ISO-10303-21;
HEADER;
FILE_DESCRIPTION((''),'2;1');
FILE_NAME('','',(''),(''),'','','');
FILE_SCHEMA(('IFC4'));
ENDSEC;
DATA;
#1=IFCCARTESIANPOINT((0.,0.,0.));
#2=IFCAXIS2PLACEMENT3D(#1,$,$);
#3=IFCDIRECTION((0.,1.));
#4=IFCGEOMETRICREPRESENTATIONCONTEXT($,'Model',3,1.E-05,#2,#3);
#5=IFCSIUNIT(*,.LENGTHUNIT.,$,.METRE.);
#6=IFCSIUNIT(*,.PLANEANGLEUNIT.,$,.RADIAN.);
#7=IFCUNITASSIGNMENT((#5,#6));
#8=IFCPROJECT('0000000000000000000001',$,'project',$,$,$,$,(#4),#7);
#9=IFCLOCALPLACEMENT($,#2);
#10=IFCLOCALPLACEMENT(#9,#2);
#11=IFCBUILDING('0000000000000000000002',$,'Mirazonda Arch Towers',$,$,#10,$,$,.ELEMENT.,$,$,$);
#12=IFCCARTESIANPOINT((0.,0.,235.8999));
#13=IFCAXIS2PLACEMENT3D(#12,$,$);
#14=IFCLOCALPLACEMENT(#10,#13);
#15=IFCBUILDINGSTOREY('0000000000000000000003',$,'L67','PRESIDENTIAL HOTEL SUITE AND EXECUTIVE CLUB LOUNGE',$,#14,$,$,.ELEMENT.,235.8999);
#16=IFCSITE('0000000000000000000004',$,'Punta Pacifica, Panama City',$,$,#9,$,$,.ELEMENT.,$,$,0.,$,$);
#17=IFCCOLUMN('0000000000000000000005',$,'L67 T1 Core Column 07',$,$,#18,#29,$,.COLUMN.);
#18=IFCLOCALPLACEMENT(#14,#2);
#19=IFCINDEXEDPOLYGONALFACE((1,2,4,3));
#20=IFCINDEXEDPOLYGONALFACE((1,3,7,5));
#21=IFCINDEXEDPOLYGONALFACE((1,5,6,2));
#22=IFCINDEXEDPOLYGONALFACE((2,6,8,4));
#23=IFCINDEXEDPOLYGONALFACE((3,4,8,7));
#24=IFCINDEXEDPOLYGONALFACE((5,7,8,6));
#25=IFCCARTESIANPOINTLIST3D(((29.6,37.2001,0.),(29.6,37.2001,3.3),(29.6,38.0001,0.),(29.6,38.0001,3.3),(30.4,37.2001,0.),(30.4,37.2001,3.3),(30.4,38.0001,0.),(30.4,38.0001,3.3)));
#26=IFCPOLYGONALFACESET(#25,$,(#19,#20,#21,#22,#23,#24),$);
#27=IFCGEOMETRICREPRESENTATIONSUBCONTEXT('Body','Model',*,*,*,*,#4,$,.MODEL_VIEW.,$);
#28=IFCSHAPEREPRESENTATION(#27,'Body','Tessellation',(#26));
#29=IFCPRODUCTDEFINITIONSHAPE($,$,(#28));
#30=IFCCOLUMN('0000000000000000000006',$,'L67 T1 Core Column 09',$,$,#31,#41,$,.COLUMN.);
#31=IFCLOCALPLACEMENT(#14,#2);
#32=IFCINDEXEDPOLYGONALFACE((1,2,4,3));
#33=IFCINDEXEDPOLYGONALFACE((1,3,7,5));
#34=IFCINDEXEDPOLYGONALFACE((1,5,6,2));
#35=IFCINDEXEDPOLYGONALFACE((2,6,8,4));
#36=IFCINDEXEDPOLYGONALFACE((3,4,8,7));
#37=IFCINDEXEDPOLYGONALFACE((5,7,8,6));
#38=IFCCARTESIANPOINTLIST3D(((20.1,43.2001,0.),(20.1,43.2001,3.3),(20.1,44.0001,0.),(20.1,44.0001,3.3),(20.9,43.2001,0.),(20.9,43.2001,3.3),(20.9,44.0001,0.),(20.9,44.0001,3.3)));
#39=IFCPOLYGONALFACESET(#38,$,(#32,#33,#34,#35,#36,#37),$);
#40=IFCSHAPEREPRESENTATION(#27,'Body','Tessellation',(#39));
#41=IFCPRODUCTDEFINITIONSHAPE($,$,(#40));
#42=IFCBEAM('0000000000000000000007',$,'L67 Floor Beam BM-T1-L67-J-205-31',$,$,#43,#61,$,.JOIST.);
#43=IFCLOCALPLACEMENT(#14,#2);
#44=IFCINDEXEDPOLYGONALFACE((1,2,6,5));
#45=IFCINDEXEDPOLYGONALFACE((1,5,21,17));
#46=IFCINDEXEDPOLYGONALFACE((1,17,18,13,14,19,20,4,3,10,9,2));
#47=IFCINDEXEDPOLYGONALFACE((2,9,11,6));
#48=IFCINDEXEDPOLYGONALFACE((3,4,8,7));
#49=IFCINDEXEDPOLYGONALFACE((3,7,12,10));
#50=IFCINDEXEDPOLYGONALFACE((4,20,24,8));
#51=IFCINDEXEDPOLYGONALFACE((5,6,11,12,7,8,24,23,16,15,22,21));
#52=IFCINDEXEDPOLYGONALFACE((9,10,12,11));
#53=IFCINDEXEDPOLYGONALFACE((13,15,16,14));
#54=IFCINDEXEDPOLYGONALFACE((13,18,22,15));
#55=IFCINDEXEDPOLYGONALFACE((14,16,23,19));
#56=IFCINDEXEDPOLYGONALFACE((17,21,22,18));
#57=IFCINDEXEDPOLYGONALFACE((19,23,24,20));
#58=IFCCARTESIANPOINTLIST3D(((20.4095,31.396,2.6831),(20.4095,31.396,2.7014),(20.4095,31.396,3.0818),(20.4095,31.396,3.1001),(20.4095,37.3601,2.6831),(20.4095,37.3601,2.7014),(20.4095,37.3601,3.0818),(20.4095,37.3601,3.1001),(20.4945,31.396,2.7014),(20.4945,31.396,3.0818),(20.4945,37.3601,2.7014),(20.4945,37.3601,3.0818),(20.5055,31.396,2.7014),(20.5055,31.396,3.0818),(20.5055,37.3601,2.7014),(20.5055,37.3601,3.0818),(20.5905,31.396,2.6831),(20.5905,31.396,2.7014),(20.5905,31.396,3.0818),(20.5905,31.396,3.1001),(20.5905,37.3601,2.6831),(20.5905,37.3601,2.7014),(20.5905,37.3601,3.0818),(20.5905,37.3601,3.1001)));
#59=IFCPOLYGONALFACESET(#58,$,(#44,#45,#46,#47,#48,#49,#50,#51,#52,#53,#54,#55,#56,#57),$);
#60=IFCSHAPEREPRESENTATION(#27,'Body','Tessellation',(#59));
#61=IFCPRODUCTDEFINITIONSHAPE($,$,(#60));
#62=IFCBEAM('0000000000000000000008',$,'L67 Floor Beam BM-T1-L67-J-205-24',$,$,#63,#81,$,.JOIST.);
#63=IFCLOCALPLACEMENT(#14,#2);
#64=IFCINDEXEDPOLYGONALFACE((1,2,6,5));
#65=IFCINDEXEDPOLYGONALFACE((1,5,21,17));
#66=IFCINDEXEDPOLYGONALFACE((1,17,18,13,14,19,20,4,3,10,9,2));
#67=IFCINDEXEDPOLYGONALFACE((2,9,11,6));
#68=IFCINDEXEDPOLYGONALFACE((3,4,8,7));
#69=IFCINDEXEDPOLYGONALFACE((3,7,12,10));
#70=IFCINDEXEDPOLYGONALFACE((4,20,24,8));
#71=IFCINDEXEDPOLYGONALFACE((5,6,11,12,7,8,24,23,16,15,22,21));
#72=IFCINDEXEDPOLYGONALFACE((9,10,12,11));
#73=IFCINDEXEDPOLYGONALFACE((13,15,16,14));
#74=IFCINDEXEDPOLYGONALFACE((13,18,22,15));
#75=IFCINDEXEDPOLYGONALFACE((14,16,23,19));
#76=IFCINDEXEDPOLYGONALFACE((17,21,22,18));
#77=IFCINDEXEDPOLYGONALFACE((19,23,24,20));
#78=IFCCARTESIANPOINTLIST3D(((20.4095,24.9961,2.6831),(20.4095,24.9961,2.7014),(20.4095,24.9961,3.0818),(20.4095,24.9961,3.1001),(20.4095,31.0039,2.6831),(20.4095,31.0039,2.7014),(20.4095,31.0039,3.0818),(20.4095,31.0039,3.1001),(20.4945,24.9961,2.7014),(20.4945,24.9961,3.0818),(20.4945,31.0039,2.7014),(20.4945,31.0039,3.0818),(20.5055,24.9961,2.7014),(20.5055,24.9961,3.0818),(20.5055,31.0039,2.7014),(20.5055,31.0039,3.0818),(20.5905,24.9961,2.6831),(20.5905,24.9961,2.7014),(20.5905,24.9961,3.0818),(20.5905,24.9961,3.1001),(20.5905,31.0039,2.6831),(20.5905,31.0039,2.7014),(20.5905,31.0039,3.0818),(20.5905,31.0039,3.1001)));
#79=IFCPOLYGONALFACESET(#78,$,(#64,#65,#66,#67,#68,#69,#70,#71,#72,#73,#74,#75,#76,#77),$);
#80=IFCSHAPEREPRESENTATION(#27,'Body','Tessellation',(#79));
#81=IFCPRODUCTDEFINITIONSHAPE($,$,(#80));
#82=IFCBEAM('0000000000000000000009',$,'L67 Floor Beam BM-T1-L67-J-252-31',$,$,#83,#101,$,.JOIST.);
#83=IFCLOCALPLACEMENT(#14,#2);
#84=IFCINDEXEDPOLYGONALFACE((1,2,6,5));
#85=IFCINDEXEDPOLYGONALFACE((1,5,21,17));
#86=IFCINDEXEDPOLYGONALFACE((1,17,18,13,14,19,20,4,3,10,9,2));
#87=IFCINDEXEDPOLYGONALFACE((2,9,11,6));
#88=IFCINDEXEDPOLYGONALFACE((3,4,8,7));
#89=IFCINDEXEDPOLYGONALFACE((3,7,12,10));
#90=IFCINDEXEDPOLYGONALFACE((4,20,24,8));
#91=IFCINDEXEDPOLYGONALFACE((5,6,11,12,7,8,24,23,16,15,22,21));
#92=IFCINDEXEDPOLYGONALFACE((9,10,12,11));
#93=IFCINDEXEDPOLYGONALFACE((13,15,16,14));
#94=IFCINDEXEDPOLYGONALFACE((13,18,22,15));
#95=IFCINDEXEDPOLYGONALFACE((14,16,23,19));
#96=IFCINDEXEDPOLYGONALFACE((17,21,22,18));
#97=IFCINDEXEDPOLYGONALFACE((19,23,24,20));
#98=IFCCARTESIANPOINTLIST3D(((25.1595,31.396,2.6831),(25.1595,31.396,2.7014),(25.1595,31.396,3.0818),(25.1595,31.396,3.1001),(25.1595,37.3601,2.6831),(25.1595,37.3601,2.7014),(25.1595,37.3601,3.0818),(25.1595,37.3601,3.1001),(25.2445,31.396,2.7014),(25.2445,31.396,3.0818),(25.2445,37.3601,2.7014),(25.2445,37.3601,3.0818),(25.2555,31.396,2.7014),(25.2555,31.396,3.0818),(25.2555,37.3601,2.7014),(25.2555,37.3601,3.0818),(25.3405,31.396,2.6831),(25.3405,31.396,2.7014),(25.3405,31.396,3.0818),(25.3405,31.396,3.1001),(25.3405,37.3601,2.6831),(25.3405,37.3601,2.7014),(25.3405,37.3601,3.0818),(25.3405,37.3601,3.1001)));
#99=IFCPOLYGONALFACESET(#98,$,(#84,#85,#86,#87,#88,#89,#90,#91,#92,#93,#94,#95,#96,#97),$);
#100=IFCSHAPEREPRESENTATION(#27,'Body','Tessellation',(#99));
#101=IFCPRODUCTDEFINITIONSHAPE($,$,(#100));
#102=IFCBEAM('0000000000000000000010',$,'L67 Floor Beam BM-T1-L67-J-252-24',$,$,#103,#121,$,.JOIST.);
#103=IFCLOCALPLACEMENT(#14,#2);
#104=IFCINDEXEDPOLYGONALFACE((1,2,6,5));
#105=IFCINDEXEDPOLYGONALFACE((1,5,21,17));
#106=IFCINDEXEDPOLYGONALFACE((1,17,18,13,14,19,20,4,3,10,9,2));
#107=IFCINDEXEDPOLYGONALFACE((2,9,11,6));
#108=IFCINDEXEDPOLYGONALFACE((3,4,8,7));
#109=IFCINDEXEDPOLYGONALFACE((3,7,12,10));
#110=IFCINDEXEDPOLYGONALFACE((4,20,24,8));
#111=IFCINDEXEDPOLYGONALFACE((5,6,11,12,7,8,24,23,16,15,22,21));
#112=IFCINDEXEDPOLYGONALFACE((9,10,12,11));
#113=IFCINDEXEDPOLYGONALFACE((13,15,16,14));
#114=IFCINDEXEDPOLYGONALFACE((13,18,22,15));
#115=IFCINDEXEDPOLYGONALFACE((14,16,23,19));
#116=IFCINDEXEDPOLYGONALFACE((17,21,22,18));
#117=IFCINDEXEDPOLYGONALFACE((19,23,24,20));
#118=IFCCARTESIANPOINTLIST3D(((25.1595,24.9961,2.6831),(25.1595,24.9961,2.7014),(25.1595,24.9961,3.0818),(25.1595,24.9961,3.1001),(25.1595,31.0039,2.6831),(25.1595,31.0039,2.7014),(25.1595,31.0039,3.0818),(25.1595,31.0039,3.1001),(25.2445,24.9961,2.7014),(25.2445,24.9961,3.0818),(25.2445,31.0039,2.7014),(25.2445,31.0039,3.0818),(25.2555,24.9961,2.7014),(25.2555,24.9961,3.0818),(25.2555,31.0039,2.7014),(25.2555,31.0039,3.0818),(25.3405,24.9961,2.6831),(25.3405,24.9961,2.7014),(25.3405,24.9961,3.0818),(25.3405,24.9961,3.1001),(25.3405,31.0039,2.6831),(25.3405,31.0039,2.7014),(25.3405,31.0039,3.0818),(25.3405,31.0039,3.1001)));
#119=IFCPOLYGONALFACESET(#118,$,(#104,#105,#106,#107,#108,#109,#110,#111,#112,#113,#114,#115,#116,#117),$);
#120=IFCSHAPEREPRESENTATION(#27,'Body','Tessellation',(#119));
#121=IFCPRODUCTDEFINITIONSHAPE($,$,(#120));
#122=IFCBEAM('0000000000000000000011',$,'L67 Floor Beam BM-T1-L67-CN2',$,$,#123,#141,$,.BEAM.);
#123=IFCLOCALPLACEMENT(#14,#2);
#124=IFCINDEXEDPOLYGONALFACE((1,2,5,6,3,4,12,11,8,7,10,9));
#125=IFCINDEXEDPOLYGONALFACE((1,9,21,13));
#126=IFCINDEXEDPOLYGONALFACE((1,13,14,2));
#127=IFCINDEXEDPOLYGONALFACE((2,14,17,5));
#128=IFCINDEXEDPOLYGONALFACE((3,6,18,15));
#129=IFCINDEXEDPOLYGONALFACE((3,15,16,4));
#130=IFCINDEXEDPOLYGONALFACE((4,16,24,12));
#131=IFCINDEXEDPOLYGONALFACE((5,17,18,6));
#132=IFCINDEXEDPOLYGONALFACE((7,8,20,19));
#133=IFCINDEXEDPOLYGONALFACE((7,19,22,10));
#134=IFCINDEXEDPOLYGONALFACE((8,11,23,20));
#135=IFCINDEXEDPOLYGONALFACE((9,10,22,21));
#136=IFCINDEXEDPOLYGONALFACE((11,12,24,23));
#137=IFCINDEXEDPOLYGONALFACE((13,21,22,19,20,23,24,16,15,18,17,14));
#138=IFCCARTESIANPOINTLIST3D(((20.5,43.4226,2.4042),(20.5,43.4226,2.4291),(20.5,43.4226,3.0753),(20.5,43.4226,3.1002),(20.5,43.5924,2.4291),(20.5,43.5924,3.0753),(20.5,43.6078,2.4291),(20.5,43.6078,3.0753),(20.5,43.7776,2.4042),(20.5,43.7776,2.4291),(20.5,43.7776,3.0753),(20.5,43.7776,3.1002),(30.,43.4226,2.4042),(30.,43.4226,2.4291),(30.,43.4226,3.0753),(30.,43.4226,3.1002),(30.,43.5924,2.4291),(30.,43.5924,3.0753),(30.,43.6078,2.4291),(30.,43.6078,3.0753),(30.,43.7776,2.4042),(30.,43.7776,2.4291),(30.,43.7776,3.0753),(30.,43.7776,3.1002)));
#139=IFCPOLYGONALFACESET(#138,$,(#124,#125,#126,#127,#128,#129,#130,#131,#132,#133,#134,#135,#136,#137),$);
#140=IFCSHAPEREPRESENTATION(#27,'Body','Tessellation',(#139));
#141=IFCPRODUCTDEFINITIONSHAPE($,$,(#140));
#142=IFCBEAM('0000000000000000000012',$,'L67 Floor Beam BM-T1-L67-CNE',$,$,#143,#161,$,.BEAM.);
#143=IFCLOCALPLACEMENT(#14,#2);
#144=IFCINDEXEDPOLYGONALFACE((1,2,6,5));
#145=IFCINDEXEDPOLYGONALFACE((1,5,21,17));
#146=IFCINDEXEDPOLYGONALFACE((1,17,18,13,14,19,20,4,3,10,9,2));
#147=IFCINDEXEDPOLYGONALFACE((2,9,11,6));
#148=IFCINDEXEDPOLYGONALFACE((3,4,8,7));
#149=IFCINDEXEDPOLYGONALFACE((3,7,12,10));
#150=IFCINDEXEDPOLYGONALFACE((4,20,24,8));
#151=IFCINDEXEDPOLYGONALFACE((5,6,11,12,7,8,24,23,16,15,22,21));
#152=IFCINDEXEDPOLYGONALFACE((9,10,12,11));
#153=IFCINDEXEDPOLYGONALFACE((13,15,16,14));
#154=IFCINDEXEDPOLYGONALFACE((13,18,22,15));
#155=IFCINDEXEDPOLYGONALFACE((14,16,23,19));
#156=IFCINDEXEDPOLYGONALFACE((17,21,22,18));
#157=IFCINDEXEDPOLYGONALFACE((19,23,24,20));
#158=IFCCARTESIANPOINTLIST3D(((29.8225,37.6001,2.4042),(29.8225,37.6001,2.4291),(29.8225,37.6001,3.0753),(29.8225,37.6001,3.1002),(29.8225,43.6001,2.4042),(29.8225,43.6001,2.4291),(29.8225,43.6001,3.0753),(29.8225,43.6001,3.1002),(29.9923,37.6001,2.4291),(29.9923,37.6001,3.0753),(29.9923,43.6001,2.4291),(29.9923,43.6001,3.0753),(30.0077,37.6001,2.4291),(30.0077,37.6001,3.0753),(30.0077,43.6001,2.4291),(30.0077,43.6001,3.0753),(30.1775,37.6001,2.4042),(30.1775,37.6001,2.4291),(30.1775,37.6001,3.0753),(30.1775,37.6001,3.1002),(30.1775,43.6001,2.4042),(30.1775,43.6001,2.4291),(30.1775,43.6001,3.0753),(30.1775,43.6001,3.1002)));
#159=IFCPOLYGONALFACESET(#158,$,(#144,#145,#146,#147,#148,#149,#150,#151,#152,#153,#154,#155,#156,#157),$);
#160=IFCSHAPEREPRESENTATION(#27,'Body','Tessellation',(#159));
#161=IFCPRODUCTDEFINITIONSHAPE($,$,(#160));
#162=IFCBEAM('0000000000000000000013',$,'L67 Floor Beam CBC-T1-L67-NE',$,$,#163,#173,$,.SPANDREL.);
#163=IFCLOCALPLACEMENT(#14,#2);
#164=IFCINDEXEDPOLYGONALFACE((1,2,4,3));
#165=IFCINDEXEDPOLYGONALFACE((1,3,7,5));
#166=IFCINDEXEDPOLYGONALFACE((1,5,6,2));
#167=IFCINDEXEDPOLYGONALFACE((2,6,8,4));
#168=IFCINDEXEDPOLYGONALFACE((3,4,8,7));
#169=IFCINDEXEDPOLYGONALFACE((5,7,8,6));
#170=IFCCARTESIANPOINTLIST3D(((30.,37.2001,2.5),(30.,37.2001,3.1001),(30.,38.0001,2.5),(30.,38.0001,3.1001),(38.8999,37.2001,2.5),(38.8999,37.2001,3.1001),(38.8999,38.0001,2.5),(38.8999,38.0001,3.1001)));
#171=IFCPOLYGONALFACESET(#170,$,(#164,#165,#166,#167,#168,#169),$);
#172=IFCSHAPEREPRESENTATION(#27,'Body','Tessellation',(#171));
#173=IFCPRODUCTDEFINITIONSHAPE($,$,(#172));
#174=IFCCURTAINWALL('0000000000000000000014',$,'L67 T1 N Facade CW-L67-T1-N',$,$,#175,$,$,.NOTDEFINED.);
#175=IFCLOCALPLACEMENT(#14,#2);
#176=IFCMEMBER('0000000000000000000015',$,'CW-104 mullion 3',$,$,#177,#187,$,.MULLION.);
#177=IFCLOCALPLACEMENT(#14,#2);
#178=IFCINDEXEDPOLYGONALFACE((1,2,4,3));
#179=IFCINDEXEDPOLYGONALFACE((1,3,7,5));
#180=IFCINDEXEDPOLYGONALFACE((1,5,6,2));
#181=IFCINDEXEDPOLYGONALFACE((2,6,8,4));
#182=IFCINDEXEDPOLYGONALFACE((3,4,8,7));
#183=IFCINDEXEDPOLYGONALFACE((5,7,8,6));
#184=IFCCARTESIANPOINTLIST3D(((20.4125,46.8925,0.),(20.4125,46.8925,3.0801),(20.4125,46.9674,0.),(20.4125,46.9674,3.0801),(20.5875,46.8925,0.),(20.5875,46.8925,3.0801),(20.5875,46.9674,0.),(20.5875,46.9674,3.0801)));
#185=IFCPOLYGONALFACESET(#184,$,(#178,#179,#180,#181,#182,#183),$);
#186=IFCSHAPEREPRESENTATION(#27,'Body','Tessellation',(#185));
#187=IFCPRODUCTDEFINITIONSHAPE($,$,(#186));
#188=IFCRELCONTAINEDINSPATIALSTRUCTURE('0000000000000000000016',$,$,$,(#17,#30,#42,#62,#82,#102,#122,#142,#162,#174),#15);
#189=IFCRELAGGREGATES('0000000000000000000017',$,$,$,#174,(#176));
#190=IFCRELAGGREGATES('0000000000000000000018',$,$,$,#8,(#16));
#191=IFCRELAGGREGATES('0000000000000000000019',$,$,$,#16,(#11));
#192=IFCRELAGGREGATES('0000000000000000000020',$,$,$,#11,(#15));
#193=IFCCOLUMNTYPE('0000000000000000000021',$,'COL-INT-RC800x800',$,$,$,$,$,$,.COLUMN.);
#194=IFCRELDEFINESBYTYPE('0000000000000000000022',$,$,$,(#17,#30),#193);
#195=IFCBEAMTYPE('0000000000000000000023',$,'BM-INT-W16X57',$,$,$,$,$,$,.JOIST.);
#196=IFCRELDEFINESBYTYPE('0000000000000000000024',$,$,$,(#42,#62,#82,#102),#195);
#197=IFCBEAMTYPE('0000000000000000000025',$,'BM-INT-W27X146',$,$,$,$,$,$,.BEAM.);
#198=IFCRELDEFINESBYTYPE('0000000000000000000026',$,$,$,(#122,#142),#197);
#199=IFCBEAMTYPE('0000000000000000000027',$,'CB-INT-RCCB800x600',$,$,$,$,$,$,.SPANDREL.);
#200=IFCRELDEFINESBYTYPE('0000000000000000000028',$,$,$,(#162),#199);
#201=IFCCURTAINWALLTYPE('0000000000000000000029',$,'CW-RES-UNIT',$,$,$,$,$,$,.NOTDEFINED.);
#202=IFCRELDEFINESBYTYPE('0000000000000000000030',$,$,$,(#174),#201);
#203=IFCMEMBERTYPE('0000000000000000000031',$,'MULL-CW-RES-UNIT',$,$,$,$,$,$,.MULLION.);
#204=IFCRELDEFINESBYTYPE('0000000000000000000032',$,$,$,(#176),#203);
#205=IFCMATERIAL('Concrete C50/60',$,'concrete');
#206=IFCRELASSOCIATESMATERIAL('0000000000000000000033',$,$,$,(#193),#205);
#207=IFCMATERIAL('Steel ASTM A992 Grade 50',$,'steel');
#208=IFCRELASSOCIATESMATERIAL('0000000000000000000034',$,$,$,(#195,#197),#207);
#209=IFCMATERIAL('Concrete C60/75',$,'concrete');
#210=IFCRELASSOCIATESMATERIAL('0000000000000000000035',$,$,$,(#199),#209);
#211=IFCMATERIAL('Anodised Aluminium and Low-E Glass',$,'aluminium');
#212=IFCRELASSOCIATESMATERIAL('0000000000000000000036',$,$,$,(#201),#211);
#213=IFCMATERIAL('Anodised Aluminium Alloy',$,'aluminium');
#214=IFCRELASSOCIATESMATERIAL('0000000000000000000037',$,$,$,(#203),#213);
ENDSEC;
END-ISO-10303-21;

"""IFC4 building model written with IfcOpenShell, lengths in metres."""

from ifc_helpers import new_model, si_unit, direction, frame, origin, origin_2d, place, context, subcontext, project, spatial, rectangle, i_section, extrude, material, material_profile, profile_set, type_object, element, aggregate, save


model = new_model("IFC4")

# Units and contexts
model_context = context("Model", 3, precision=1e-05, world=origin(), true_north=direction((0.0, 1.0)))
body_context = subcontext(model_context, "Body", "Model", "MODEL_VIEW")
ifc_project = project(units=[si_unit("LENGTHUNIT", "METRE"), si_unit("PLANEANGLEUNIT", "RADIAN")], contexts=[model_context])

# Site, building, storey
site_placement = place(None, origin())
site = spatial("IfcSite", under=ifc_project, at=site_placement, Name="Punta Pacifica, Panama City", CompositionType="ELEMENT", RefElevation=0.0)
building_placement = place(site_placement, origin())
building = spatial("IfcBuilding", under=site, at=building_placement, Name="Mirazonda Arch Towers", CompositionType="ELEMENT")
storey_placement = place(building_placement, frame((0.0, 0.0, 235.8999)))
storey = spatial("IfcBuildingStorey", under=building, at=storey_placement, Name="L67", Description="PRESIDENTIAL HOTEL SUITE AND EXECUTIVE CLUB LOUNGE", CompositionType="ELEMENT", Elevation=235.8999)

# Columns
ifc_material_1 = material(Name="Concrete C50/60", Category="concrete")
ifc_material_profile_1 = material_profile(ifc_material_1, rectangle(XDim=0.8, YDim=0.8, at=origin_2d()), Name="RC800x800")
ifc_profile_set_1 = profile_set([ifc_material_profile_1], Name="Concrete C50/60")
column_type = type_object("IfcColumnType", Name="COL-INT-RC800x800", PredefinedType="COLUMN", material=ifc_profile_set_1)
for number, where, z_axis, x_axis, name in (
    (1, (30.0, 37.6001, 0.0), (0.0, 0.0, 1.0), (1.0, 0.0, 0.0), "L67 T1 Core Column 07"),
    (2, (20.5, 43.6001, 0.0), (0.0, 0.0, 1.0), (1.0, 0.0, 0.0), "L67 T1 Core Column 09"),
):
    element("IfcColumn", number, at=place(storey_placement, frame(where, z_axis=z_axis, x_axis=x_axis)), inside=storey, type_object=column_type, Name=name, PredefinedType="COLUMN", context=body_context, shape_type="SweptSolid", body=[
        extrude(rectangle(XDim=0.8, YDim=0.8, at=origin_2d()), origin(), (0.0, 0.0, 1.0), 3.3),
    ])

# Beams
ifc_material_2 = material(Name="Steel ASTM A992 Grade 50", Category="steel")
ifc_material_profile_2 = material_profile(ifc_material_2, i_section(OverallWidth=0.1809, OverallDepth=0.417, WebThickness=0.011, FlangeThickness=0.0183, at=origin_2d()), Name="W16X57")
ifc_profile_set_2 = profile_set([ifc_material_profile_2], Name="Steel ASTM A992 Grade 50")
beam_type_1 = type_object("IfcBeamType", Name="BM-INT-W16X57", PredefinedType="JOIST", material=ifc_profile_set_2)
beam_1_placement = place(storey_placement, frame((20.5, 31.396, 2.8916), z_axis=(0.0, 1.0, 0.0), x_axis=(-1.0, 0.0, 0.0)))
element("IfcBeam", 3, at=beam_1_placement, inside=storey, type_object=beam_type_1, Name="L67 Floor Beam BM-T1-L67-J-205-31", PredefinedType="JOIST", context=body_context, shape_type="SweptSolid", body=[
    extrude(i_section(OverallWidth=0.1809, OverallDepth=0.417, WebThickness=0.011, FlangeThickness=0.0183, at=origin_2d()), origin(), (0.0, 0.0, 1.0), 5.9641),
])
beam_2_placement = place(storey_placement, frame((20.5, 24.9961, 2.8916), z_axis=(0.0, 1.0, 0.0), x_axis=(-1.0, 0.0, 0.0)))
element("IfcBeam", 4, at=beam_2_placement, inside=storey, type_object=beam_type_1, Name="L67 Floor Beam BM-T1-L67-J-205-24", PredefinedType="JOIST", context=body_context, shape_type="SweptSolid", body=[
    extrude(i_section(OverallWidth=0.1809, OverallDepth=0.417, WebThickness=0.011, FlangeThickness=0.0183, at=origin_2d()), origin(), (0.0, 0.0, 1.0), 6.0078),
])
beam_3_placement = place(storey_placement, frame((25.25, 31.396, 2.8916), z_axis=(0.0, 1.0, 0.0), x_axis=(-1.0, 0.0, 0.0)))
element("IfcBeam", 5, at=beam_3_placement, inside=storey, type_object=beam_type_1, Name="L67 Floor Beam BM-T1-L67-J-252-31", PredefinedType="JOIST", context=body_context, shape_type="SweptSolid", body=[
    extrude(i_section(OverallWidth=0.1809, OverallDepth=0.417, WebThickness=0.011, FlangeThickness=0.0183, at=origin_2d()), origin(), (0.0, 0.0, 1.0), 5.9641),
])
beam_4_placement = place(storey_placement, frame((25.25, 24.9961, 2.8916), z_axis=(0.0, 1.0, 0.0), x_axis=(-1.0, 0.0, 0.0)))
element("IfcBeam", 6, at=beam_4_placement, inside=storey, type_object=beam_type_1, Name="L67 Floor Beam BM-T1-L67-J-252-24", PredefinedType="JOIST", context=body_context, shape_type="SweptSolid", body=[
    extrude(i_section(OverallWidth=0.1809, OverallDepth=0.417, WebThickness=0.011, FlangeThickness=0.0183, at=origin_2d()), origin(), (0.0, 0.0, 1.0), 6.0078),
])
ifc_material_profile_3 = material_profile(ifc_material_2, i_section(OverallWidth=0.355, OverallDepth=0.696, WebThickness=0.0154, FlangeThickness=0.0249, at=origin_2d()), Name="W27X146")
ifc_profile_set_3 = profile_set([ifc_material_profile_3], Name="Steel ASTM A992 Grade 50")
beam_type_2 = type_object("IfcBeamType", Name="BM-INT-W27X146", PredefinedType="BEAM", material=ifc_profile_set_3)
beam_5_placement = place(storey_placement, frame((20.5, 43.6001, 2.7522), z_axis=(1.0, 0.0, 0.0), x_axis=(0.0, 1.0, 0.0)))
element("IfcBeam", 7, at=beam_5_placement, inside=storey, type_object=beam_type_2, Name="L67 Floor Beam BM-T1-L67-CN2", PredefinedType="BEAM", context=body_context, shape_type="SweptSolid", body=[
    extrude(i_section(OverallWidth=0.355, OverallDepth=0.696, WebThickness=0.0154, FlangeThickness=0.0249, at=origin_2d()), origin(), (0.0, 0.0, 1.0), 9.5),
])
beam_6_placement = place(storey_placement, frame((30.0, 37.6001, 2.7522), z_axis=(0.0, 1.0, 0.0), x_axis=(-1.0, 0.0, 0.0)))
element("IfcBeam", 8, at=beam_6_placement, inside=storey, type_object=beam_type_2, Name="L67 Floor Beam BM-T1-L67-CNE", PredefinedType="BEAM", context=body_context, shape_type="SweptSolid", body=[
    extrude(i_section(OverallWidth=0.355, OverallDepth=0.696, WebThickness=0.0154, FlangeThickness=0.0249, at=origin_2d()), origin(), (0.0, 0.0, 1.0), 6.0),
])
ifc_material_3 = material(Name="Concrete C60/75", Category="concrete")
ifc_material_profile_4 = material_profile(ifc_material_3, rectangle(XDim=0.8, YDim=0.6001, at=origin_2d()), Name="RCCB800x600")
ifc_profile_set_4 = profile_set([ifc_material_profile_4], Name="Concrete C60/75")
beam_type_3 = type_object("IfcBeamType", Name="CB-INT-RCCB800x600", PredefinedType="SPANDREL", material=ifc_profile_set_4)
beam_7_placement = place(storey_placement, frame((30.0, 37.6001, 2.8), z_axis=(1.0, 0.0, 0.0), x_axis=(0.0, 1.0, 0.0)))
element("IfcBeam", 9, at=beam_7_placement, inside=storey, type_object=beam_type_3, Name="L67 Floor Beam CBC-T1-L67-NE", PredefinedType="SPANDREL", context=body_context, shape_type="SweptSolid", body=[
    extrude(rectangle(XDim=0.8, YDim=0.6001, at=origin_2d()), origin(), (0.0, 0.0, 1.0), 8.8999),
])

# Curtain wall, member
ifc_material_4 = material(Name="Anodised Aluminium and Low-E Glass", Category="aluminium")
curtain_wall_type = type_object("IfcCurtainWallType", Name="CW-RES-UNIT", PredefinedType="NOTDEFINED", material=ifc_material_4)
curtain_wall_placement = place(storey_placement, origin())
curtain_wall = element("IfcCurtainWall", 10, at=curtain_wall_placement, inside=storey, type_object=curtain_wall_type, Name="L67 T1 N Facade CW-L67-T1-N", PredefinedType="NOTDEFINED")
ifc_material_5 = material(Name="Anodised Aluminium Alloy", Category="aluminium")
ifc_material_profile_5 = material_profile(ifc_material_5, rectangle(XDim=0.075, YDim=0.175, at=origin_2d()), Name="ALU-MULL-75x175")
ifc_profile_set_5 = profile_set([ifc_material_profile_5], Name="Anodised Aluminium Alloy")
member_type_1 = type_object("IfcMemberType", Name="MULL-CW-RES-UNIT", PredefinedType="MULLION", material=ifc_profile_set_5)
member_1_placement = place(storey_placement, frame((20.5, 46.9299, 0.0), z_axis=(0.0, 0.0, 1.0), x_axis=(0.0, 1.0, 0.0)))
member_1 = element("IfcMember", 11, at=member_1_placement, type_object=member_type_1, Name="CW-104 mullion 3", PredefinedType="MULLION", context=body_context, shape_type="SweptSolid", body=[
    extrude(rectangle(XDim=0.075, YDim=0.175, at=origin_2d()), origin(), (0.0, 0.0, 1.0), 3.0801),
])
aggregate(curtain_wall, [member_1])

save(model, "model.ifc")
